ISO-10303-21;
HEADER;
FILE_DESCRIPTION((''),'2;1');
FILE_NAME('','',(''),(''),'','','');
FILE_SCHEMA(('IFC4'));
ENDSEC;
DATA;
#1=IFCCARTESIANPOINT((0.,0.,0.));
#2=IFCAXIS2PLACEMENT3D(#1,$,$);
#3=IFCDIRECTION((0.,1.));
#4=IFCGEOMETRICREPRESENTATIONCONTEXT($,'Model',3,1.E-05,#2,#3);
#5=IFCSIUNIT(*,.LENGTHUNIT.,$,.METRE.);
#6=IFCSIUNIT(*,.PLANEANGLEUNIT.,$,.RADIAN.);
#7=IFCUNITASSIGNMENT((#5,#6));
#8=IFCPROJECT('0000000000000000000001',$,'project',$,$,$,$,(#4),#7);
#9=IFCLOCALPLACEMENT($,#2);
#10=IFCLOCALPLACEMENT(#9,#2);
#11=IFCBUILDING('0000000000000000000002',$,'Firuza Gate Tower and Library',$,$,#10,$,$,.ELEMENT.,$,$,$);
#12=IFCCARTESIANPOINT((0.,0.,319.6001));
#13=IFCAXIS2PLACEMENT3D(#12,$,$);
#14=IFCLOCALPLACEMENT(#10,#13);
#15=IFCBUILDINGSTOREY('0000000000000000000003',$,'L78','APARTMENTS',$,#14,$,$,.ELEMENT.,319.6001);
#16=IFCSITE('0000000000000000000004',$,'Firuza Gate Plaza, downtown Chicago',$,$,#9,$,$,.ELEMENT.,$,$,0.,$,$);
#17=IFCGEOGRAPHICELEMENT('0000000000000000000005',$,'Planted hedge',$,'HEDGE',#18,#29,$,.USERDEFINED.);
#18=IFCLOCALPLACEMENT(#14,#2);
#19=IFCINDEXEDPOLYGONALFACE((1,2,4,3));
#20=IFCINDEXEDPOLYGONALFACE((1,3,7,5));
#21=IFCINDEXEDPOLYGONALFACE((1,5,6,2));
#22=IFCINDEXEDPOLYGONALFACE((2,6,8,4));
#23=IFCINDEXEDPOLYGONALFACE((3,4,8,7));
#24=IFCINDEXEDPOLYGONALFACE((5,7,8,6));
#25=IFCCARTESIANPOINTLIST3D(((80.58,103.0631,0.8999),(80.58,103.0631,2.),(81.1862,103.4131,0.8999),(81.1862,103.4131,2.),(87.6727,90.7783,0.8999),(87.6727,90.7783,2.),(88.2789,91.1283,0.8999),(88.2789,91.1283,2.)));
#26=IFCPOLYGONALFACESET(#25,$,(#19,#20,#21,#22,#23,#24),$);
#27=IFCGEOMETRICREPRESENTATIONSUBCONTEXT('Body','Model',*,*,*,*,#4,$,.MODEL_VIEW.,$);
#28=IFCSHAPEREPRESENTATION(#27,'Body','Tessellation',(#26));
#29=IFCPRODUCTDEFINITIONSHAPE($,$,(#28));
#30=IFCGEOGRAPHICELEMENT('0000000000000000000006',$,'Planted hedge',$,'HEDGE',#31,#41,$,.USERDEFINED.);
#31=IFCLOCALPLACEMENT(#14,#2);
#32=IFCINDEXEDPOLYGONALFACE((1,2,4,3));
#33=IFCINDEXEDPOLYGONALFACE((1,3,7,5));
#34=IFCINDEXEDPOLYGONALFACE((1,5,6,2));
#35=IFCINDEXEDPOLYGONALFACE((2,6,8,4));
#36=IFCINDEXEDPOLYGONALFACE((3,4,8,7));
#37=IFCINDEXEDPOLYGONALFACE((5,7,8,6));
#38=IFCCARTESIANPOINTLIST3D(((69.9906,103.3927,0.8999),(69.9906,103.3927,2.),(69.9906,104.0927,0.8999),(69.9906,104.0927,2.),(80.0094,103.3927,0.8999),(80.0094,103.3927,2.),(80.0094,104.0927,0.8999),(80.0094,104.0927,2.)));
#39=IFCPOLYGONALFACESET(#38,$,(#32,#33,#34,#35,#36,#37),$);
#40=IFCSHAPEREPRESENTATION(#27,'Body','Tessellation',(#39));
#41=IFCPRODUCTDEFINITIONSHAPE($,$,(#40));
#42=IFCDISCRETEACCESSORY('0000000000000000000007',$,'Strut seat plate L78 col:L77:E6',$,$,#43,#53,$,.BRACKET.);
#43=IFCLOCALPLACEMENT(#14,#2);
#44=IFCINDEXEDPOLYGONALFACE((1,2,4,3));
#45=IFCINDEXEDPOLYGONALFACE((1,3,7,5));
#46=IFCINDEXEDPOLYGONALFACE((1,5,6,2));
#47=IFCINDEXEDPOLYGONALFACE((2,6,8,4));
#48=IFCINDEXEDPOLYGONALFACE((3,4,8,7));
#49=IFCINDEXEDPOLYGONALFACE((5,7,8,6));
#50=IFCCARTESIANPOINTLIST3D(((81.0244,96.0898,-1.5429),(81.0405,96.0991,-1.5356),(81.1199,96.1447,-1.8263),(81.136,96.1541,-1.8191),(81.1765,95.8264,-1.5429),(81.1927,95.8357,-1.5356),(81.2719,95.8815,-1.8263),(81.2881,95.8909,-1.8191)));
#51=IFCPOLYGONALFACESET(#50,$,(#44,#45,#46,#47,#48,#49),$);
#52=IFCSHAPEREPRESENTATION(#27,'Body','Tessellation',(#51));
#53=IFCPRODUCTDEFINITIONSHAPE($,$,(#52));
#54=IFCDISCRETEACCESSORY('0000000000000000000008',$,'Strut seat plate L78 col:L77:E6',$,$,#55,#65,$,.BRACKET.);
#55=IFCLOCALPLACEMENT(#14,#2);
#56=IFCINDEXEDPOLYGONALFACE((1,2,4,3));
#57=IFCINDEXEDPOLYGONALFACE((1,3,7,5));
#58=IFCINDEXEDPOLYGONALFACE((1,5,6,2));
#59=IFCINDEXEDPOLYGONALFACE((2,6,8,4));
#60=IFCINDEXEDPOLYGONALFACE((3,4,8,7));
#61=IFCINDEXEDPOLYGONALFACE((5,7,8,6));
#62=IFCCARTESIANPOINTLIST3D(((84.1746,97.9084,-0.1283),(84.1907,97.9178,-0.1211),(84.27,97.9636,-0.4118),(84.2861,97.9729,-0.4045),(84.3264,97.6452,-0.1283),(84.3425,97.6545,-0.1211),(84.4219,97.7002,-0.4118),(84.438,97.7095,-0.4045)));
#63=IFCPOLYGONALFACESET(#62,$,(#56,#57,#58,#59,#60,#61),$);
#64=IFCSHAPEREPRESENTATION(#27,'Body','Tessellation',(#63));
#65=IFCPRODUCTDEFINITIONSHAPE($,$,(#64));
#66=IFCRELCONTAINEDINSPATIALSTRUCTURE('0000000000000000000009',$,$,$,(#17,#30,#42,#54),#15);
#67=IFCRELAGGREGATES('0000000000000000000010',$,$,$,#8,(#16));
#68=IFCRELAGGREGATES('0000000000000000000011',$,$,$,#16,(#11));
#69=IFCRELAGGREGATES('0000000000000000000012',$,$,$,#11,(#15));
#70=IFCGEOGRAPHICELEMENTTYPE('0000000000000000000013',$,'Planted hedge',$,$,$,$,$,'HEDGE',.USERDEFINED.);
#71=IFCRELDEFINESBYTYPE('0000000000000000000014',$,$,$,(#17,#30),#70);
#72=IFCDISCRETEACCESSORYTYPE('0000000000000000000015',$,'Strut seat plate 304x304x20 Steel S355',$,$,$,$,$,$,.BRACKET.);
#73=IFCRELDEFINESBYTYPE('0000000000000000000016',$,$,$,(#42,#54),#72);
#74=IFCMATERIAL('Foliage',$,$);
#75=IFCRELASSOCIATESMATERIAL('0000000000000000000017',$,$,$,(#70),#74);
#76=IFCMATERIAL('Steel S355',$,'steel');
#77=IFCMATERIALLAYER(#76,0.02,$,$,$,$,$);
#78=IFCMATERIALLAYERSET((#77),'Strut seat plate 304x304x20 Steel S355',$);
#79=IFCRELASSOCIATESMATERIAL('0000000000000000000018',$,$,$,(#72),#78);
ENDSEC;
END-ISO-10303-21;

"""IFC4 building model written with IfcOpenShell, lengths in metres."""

from ifc_helpers import new_model, si_unit, direction, frame, origin, origin_2d, place, context, subcontext, project, spatial, polyline, rectangle, outline, extrude, material, layer, layer_set, type_object, element, save


model = new_model("IFC4")

# Units and contexts
model_context = context("Model", 3, precision=1e-05, world=origin(), true_north=direction((0.0, 1.0)))
body_context = subcontext(model_context, "Body", "Model", "MODEL_VIEW")
ifc_project = project(units=[si_unit("LENGTHUNIT", "METRE"), si_unit("PLANEANGLEUNIT", "RADIAN")], contexts=[model_context])

# Site, building, storey
site_placement = place(None, origin())
site = spatial("IfcSite", under=ifc_project, at=site_placement, Name="Firuza Gate Plaza, downtown Chicago", CompositionType="ELEMENT", RefElevation=0.0)
building_placement = place(site_placement, origin())
building = spatial("IfcBuilding", under=site, at=building_placement, Name="Firuza Gate Tower and Library", CompositionType="ELEMENT")
storey_placement = place(building_placement, frame((0.0, 0.0, 319.6001)))
storey = spatial("IfcBuildingStorey", under=building, at=storey_placement, Name="L78", Description="APARTMENTS", CompositionType="ELEMENT", Elevation=319.6001)

# Geographic elements
ifc_material_1 = material(Name="Foliage")
geographic_element_type = type_object("IfcGeographicElementType", Name="Planted hedge", ElementType="HEDGE", PredefinedType="USERDEFINED", material=ifc_material_1)
geographic_element_1_placement = place(storey_placement, frame((84.4294, 97.0957, 0.8999), z_axis=(0.0, 0.0, 1.0), x_axis=(-0.5, 0.866025, 0.0)))
element("IfcGeographicElement", 1, at=geographic_element_1_placement, inside=storey, type_object=geographic_element_type, Name="Planted hedge", ObjectType="HEDGE", PredefinedType="USERDEFINED", context=body_context, shape_type="SweptSolid", body=[
    extrude(rectangle(XDim=14.1853, YDim=0.7, at=origin_2d()), origin(), (0.0, 0.0, 1.0), 1.1001),
])
geographic_element_2_placement = place(storey_placement, frame((75.0, 103.7427, 0.8999), z_axis=(0.0, 0.0, 1.0), x_axis=(-1.0, 0.0, 0.0)))
element("IfcGeographicElement", 2, at=geographic_element_2_placement, inside=storey, type_object=geographic_element_type, Name="Planted hedge", ObjectType="HEDGE", PredefinedType="USERDEFINED", context=body_context, shape_type="SweptSolid", body=[
    extrude(rectangle(XDim=10.0188, YDim=0.7, at=origin_2d()), origin(), (0.0, 0.0, 1.0), 1.1001),
])

# Discrete accessories
ifc_material_2 = material(Name="Steel S355", Category="steel")
ifc_layer_1 = layer(ifc_material_2, 0.02)
ifc_layer_set_1 = layer_set([ifc_layer_1], Name="Strut seat plate 304x304x20 Steel S355")
discrete_accessory_type = type_object("IfcDiscreteAccessoryType", Name="Strut seat plate 304x304x20 Steel S355", PredefinedType="BRACKET", material=ifc_layer_set_1)
discrete_accessory_1_placement = place(storey_placement, frame((81.0405, 96.0991, -1.5356), z_axis=(0.807065, 0.466204, 0.362353), x_axis=(0.500175, -0.865925, 0.000068)))
element("IfcDiscreteAccessory", 3, at=discrete_accessory_1_placement, inside=storey, type_object=discrete_accessory_type, Name="Strut seat plate L78 col:L77:E6", PredefinedType="BRACKET", context=body_context, shape_type="SweptSolid", body=[
    extrude(outline(polyline([(0.0, 0.0), (0.3042, 0.0), (0.3041, 0.3041), (0.0002, 0.3041), (0.0, 0.0)])), origin(), (0.0, 0.0, -1.0), 0.02),
])
discrete_accessory_2_placement = place(storey_placement, frame((84.3425, 97.6545, -0.1211), z_axis=(0.807389, 0.465643, 0.362353), x_axis=(-0.499618, 0.866246, 0.000068)))
element("IfcDiscreteAccessory", 4, at=discrete_accessory_2_placement, inside=storey, type_object=discrete_accessory_type, Name="Strut seat plate L78 col:L77:E6", PredefinedType="BRACKET", context=body_context, shape_type="SweptSolid", body=[
    extrude(outline(polyline([(0.0, 0.0), (0.3039, 0.0), (0.3039, -0.3041), (-0.0001, -0.3041), (0.0, 0.0)])), origin(), (0.0, 0.0, -1.0), 0.02),
])

save(model, "model.ifc")
